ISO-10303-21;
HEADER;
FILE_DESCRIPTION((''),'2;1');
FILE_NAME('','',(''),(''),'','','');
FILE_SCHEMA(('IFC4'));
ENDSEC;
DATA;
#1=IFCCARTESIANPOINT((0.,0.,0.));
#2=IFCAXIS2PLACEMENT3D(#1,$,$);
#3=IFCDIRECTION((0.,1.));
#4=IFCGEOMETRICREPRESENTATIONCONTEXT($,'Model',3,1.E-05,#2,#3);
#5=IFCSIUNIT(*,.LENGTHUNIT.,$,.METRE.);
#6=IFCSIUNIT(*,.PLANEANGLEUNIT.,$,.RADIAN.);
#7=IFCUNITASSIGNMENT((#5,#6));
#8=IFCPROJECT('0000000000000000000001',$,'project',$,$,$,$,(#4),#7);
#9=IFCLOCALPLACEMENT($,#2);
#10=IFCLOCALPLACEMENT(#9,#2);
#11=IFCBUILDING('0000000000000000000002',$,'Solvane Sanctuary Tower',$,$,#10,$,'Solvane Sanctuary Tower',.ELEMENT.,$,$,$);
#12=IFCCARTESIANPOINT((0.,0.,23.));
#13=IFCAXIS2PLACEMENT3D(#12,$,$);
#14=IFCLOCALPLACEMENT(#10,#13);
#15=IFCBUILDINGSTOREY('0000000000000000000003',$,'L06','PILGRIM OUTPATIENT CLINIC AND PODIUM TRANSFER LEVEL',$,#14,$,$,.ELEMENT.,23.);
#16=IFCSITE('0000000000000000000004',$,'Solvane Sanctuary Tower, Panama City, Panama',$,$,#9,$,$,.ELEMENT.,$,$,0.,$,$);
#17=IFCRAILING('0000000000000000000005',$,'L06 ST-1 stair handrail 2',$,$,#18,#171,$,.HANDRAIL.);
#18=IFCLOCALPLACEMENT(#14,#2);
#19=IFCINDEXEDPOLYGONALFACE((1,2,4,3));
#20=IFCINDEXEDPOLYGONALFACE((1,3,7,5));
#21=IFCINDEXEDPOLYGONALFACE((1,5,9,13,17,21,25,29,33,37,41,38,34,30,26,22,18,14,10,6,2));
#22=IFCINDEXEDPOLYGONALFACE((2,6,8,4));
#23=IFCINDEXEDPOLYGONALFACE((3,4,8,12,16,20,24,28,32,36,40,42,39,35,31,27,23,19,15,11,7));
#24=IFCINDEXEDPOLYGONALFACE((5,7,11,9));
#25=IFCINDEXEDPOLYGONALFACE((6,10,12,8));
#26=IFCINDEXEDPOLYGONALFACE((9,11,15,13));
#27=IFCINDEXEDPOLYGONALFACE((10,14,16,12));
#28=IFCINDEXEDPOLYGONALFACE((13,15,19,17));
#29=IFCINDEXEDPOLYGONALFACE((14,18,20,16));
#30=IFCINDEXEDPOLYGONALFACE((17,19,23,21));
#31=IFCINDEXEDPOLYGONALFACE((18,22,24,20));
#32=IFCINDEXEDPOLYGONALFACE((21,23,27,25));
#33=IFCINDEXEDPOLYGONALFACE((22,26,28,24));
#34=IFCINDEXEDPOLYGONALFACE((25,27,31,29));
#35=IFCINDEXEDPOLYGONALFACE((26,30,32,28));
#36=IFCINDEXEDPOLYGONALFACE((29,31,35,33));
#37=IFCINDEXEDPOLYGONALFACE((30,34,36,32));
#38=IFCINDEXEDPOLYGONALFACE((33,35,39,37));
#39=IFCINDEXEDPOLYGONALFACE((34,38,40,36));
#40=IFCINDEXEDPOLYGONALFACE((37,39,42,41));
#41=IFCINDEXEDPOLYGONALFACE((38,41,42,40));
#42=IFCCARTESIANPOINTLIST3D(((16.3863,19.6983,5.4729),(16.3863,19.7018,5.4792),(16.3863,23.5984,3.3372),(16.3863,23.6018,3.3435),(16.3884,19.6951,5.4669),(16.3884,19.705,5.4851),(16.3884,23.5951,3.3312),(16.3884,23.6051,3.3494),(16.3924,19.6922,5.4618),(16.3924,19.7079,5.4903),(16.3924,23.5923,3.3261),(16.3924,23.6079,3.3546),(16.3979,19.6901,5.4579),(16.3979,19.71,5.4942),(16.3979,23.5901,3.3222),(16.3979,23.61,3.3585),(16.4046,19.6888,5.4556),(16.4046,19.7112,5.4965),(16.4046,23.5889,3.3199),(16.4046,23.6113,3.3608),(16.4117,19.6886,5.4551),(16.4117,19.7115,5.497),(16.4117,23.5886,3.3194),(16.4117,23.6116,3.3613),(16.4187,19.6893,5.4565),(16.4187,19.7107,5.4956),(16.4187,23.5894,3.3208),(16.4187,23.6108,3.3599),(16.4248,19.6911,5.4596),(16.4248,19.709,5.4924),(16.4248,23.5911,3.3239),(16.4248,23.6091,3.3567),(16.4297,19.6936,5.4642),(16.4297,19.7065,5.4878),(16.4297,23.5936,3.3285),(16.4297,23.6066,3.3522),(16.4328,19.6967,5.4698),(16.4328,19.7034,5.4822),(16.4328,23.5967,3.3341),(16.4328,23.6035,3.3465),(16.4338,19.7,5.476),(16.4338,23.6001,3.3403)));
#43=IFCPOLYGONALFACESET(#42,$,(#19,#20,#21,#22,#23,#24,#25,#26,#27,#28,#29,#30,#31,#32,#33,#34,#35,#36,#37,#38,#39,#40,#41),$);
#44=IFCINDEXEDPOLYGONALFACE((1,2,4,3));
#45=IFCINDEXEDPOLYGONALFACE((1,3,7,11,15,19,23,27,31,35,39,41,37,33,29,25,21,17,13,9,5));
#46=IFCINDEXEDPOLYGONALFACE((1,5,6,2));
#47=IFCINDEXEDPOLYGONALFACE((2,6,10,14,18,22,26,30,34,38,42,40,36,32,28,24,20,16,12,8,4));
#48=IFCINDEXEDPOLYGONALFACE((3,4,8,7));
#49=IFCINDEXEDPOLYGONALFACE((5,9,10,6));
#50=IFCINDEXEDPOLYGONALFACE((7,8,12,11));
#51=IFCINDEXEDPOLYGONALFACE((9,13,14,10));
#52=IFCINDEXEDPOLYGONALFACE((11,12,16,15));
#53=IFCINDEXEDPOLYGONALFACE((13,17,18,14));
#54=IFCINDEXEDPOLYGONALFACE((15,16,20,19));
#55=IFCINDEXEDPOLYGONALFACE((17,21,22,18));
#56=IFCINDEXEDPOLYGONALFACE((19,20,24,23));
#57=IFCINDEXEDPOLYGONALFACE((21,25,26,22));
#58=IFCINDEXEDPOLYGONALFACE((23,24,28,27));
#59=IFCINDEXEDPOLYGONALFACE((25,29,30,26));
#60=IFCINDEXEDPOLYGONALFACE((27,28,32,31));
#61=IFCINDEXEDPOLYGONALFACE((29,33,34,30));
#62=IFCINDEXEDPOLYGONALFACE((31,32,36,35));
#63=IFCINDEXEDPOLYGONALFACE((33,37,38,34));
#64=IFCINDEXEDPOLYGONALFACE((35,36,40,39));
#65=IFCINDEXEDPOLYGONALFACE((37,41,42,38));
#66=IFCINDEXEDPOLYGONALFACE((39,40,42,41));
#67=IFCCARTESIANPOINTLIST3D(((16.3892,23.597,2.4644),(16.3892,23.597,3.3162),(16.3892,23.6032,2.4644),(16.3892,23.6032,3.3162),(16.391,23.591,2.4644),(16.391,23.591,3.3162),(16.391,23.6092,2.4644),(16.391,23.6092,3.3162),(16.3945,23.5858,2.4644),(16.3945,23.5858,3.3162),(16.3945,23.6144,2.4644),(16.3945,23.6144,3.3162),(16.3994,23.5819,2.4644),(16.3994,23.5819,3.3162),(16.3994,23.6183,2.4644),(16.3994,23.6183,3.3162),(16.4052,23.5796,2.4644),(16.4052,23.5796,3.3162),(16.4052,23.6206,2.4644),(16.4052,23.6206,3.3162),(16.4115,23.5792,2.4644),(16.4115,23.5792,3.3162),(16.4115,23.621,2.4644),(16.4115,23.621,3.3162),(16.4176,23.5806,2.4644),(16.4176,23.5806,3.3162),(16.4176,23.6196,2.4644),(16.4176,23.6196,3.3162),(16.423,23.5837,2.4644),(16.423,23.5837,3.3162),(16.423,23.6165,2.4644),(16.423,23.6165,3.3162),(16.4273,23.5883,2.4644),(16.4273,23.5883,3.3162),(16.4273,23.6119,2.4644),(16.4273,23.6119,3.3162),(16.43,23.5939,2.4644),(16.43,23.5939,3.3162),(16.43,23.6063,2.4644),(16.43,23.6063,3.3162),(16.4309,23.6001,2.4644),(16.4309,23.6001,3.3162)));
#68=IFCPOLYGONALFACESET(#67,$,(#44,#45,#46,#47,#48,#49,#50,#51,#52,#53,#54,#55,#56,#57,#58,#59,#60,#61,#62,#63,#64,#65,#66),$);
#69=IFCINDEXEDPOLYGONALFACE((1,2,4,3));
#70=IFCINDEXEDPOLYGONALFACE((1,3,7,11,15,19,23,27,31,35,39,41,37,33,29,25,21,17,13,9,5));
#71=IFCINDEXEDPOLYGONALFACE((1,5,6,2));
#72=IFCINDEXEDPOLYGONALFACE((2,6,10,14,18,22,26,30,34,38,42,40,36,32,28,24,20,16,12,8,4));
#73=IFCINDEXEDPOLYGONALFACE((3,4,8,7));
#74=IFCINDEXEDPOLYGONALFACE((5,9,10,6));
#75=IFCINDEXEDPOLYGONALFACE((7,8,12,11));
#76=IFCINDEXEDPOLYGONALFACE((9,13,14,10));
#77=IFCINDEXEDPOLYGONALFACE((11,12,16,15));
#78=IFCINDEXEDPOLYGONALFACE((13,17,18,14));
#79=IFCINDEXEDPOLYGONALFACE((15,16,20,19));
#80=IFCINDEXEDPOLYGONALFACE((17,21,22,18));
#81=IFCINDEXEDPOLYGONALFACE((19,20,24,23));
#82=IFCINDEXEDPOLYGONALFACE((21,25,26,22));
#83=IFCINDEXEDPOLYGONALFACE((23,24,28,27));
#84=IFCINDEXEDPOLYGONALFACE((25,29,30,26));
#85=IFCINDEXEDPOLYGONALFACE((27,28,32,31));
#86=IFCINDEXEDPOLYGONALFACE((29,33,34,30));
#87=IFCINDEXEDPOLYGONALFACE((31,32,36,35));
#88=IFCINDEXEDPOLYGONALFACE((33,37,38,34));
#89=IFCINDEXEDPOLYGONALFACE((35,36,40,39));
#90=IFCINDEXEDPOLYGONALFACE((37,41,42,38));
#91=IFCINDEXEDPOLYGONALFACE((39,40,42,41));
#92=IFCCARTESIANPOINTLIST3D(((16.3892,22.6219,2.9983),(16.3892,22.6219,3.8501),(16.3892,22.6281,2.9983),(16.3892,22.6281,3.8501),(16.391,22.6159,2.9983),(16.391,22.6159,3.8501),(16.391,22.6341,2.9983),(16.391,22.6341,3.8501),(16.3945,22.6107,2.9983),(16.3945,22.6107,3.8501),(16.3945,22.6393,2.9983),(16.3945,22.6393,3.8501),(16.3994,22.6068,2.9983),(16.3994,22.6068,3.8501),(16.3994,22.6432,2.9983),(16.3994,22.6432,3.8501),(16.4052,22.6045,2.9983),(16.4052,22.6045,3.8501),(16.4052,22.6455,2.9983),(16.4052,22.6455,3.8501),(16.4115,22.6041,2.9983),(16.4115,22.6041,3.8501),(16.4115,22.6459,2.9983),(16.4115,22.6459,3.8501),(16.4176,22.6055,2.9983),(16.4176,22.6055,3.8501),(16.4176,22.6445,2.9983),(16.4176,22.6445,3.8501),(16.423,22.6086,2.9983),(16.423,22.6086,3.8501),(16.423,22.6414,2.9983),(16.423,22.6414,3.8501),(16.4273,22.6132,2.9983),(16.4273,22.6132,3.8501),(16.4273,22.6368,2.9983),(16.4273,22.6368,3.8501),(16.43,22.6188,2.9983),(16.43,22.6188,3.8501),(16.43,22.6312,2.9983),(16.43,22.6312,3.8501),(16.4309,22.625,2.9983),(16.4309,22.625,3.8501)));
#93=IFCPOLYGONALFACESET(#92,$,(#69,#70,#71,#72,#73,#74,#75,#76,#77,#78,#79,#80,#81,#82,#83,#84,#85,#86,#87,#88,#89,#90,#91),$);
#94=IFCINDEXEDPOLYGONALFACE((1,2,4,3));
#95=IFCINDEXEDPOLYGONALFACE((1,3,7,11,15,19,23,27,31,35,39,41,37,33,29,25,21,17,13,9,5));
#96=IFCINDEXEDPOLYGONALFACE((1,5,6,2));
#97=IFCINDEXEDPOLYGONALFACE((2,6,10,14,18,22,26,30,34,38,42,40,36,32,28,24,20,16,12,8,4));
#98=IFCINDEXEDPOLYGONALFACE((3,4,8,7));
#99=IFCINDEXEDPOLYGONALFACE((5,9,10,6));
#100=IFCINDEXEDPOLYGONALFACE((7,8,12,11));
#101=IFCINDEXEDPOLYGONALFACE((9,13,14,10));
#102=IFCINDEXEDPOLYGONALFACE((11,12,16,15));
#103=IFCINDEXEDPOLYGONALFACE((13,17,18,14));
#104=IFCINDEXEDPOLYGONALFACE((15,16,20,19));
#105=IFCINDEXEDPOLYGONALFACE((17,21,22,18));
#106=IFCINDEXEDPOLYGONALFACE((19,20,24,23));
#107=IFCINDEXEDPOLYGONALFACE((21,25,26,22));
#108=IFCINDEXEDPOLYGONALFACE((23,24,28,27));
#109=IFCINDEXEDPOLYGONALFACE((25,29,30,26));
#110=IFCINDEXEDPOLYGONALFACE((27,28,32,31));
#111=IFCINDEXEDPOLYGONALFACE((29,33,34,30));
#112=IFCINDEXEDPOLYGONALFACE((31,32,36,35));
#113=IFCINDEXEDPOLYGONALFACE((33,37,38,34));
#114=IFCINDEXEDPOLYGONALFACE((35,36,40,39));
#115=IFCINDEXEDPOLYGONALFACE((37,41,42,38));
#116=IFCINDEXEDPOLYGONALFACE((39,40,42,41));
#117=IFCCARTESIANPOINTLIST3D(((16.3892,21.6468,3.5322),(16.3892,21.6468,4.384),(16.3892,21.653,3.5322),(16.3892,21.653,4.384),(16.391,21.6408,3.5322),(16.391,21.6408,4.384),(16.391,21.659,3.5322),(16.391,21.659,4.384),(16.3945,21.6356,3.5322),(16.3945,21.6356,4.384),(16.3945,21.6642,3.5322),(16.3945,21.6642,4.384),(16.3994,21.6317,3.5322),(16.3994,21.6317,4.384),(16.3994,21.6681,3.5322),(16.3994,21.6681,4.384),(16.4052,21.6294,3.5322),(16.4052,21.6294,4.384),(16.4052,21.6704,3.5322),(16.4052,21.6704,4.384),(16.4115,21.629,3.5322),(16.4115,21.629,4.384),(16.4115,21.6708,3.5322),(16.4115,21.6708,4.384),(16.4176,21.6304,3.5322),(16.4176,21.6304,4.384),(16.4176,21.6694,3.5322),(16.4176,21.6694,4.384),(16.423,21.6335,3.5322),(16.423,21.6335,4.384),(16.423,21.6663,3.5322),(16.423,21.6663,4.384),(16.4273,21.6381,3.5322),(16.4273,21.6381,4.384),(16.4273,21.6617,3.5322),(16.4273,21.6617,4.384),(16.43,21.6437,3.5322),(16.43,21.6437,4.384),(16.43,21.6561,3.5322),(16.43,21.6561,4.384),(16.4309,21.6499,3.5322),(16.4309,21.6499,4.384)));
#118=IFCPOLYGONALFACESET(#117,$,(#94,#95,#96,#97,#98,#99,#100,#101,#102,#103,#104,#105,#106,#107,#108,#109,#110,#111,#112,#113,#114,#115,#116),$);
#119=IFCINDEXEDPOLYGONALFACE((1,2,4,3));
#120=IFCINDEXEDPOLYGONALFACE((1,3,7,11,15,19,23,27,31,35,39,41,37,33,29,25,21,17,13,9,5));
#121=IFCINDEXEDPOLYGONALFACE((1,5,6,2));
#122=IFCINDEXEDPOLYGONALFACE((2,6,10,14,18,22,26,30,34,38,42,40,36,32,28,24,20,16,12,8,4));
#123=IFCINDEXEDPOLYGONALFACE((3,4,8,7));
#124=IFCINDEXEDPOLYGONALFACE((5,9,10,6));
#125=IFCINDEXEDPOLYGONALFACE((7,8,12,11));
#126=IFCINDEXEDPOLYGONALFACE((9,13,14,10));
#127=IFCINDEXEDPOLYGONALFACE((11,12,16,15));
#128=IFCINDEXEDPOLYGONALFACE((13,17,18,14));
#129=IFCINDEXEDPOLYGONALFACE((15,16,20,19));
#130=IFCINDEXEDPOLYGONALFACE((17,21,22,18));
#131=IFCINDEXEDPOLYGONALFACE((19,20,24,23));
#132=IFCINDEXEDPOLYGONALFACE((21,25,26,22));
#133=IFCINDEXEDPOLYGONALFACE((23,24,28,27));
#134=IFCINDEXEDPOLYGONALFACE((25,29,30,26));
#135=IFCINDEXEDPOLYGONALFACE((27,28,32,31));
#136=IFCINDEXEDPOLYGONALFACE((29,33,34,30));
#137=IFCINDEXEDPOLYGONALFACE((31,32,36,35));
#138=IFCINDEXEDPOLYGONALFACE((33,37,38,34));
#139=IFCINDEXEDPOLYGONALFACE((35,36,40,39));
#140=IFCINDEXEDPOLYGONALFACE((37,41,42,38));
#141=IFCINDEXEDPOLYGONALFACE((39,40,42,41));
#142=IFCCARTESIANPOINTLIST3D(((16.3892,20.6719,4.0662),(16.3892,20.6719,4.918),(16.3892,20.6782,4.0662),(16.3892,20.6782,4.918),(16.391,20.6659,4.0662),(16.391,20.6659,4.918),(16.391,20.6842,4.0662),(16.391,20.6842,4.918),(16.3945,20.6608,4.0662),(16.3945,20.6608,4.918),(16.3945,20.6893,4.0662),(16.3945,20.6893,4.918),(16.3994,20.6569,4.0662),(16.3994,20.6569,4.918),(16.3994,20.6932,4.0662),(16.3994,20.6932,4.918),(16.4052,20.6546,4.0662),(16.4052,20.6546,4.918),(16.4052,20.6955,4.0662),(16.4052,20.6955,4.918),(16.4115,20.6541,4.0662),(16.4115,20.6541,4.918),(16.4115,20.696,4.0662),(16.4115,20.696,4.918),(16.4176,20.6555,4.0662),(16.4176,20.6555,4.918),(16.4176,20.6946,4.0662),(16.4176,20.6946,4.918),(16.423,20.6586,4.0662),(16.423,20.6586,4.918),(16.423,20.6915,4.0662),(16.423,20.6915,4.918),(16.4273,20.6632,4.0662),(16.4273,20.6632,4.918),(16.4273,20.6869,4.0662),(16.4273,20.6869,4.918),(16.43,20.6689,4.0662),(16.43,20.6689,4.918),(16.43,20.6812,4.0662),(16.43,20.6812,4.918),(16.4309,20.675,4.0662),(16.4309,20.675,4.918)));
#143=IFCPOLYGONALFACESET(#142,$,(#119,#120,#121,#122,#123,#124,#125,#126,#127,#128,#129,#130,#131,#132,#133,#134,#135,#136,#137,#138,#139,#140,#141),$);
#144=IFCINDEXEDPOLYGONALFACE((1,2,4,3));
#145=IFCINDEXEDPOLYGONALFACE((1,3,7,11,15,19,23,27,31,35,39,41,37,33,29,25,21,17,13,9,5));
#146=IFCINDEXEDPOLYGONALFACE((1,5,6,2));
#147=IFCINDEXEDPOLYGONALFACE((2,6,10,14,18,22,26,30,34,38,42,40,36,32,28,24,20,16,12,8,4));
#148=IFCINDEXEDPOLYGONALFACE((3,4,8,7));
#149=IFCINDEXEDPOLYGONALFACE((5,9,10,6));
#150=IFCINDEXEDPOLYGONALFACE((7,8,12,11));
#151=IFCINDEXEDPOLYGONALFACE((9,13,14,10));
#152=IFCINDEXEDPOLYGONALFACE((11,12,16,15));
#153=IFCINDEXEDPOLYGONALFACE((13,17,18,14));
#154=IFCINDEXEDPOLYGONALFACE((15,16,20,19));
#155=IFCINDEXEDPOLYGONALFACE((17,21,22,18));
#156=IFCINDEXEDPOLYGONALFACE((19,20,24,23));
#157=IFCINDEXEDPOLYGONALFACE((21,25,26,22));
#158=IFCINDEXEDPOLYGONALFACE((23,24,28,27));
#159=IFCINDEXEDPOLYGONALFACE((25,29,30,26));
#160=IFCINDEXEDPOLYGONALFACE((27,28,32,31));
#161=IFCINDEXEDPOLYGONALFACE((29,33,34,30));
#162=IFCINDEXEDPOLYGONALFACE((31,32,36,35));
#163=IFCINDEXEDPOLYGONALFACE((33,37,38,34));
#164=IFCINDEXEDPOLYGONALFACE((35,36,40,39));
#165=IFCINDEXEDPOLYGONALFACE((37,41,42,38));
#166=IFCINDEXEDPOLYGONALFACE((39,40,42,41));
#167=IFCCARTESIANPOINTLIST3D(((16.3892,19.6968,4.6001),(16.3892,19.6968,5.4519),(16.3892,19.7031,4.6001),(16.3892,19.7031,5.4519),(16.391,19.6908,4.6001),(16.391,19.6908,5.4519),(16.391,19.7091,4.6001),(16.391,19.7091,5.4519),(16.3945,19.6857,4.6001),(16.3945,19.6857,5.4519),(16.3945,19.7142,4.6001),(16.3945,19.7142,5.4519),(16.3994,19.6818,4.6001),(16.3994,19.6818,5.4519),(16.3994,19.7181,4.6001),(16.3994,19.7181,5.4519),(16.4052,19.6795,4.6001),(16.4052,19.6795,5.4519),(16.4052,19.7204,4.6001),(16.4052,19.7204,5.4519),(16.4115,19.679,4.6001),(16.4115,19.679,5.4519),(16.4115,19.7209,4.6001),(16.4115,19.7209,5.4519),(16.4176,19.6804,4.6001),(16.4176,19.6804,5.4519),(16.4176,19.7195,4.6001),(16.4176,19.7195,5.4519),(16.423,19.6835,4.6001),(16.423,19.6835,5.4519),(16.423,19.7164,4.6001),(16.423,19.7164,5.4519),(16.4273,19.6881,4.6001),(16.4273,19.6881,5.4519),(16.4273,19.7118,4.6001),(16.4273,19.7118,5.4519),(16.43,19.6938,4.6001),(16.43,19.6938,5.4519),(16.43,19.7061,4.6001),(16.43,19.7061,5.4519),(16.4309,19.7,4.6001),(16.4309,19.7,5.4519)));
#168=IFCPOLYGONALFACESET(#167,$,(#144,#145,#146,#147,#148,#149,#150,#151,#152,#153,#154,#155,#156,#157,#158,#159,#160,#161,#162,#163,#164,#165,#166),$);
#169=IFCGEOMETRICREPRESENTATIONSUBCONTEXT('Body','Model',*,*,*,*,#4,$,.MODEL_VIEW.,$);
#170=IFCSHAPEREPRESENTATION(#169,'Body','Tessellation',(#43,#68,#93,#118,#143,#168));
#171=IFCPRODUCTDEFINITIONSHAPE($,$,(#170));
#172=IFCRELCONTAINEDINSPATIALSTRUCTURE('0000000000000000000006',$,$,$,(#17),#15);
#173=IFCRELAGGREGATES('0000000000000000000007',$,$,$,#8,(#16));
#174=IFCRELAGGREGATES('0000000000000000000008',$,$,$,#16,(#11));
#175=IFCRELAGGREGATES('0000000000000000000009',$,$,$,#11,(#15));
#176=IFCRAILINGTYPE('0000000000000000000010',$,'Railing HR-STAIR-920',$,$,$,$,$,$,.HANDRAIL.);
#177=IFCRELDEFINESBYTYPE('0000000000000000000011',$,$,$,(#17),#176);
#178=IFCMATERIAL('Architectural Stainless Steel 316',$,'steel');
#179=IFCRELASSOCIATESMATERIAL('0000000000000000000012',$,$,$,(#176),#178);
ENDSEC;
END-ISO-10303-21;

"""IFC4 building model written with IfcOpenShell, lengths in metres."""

from ifc_helpers import new_model, si_unit, direction, frame, origin, origin_2d, place, context, subcontext, project, spatial, circle, extrude, material, type_object, element, save


model = new_model("IFC4")

# Units and contexts
model_context = context("Model", 3, precision=1e-05, world=origin(), true_north=direction((0.0, 1.0)))
body_context = subcontext(model_context, "Body", "Model", "MODEL_VIEW")
ifc_project = project(units=[si_unit("LENGTHUNIT", "METRE"), si_unit("PLANEANGLEUNIT", "RADIAN")], contexts=[model_context])

# Site, building, storey
site_placement = place(None, origin())
site = spatial("IfcSite", under=ifc_project, at=site_placement, Name="Solvane Sanctuary Tower, Panama City, Panama", CompositionType="ELEMENT", RefElevation=0.0)
building_placement = place(site_placement, origin())
building = spatial("IfcBuilding", under=site, at=building_placement, Name="Solvane Sanctuary Tower", LongName="Solvane Sanctuary Tower", CompositionType="ELEMENT")
storey_placement = place(building_placement, frame((0.0, 0.0, 23.0)))
storey = spatial("IfcBuildingStorey", under=building, at=storey_placement, Name="L06", Description="PILGRIM OUTPATIENT CLINIC AND PODIUM TRANSFER LEVEL", CompositionType="ELEMENT", Elevation=23.0)

# Railing
ifc_material_1 = material(Name="Architectural Stainless Steel 316", Category="steel")
railing_type_1 = type_object("IfcRailingType", Name="Railing HR-STAIR-920", PredefinedType="HANDRAIL", material=ifc_material_1)
railing_1_placement = place(storey_placement, frame((16.4099, 23.6001, 2.4644)))
element("IfcRailing", 1, at=railing_1_placement, inside=storey, type_object=railing_type_1, Name="L06 ST-1 stair handrail 2", PredefinedType="HANDRAIL", context=body_context, shape_type="SweptSolid", body=[
    extrude(circle(Radius=0.0239, at=origin_2d()), frame((0.0, 0.0, 0.876), z_axis=(0.0, -0.877101, 0.480306), x_axis=(1.0, 0.0, 0.0)), (0.0, 0.0, 1.0), 4.4465),
    extrude(circle(Radius=0.021, at=origin_2d()), origin(), (0.0, 0.0, 1.0), 0.8518),
    extrude(circle(Radius=0.021, at=origin_2d()), frame((0.0, -0.9751, 0.5339)), (0.0, 0.0, 1.0), 0.8518),
    extrude(circle(Radius=0.021, at=origin_2d()), frame((0.0, -1.9502, 1.0679)), (0.0, 0.0, 1.0), 0.8518),
    extrude(circle(Radius=0.021, at=origin_2d()), frame((0.0, -2.925, 1.6018)), (0.0, 0.0, 1.0), 0.8518),
    extrude(circle(Radius=0.021, at=origin_2d()), frame((0.0, -3.9001, 2.1357)), (0.0, 0.0, 1.0), 0.8518),
])

save(model, "model.ifc")
